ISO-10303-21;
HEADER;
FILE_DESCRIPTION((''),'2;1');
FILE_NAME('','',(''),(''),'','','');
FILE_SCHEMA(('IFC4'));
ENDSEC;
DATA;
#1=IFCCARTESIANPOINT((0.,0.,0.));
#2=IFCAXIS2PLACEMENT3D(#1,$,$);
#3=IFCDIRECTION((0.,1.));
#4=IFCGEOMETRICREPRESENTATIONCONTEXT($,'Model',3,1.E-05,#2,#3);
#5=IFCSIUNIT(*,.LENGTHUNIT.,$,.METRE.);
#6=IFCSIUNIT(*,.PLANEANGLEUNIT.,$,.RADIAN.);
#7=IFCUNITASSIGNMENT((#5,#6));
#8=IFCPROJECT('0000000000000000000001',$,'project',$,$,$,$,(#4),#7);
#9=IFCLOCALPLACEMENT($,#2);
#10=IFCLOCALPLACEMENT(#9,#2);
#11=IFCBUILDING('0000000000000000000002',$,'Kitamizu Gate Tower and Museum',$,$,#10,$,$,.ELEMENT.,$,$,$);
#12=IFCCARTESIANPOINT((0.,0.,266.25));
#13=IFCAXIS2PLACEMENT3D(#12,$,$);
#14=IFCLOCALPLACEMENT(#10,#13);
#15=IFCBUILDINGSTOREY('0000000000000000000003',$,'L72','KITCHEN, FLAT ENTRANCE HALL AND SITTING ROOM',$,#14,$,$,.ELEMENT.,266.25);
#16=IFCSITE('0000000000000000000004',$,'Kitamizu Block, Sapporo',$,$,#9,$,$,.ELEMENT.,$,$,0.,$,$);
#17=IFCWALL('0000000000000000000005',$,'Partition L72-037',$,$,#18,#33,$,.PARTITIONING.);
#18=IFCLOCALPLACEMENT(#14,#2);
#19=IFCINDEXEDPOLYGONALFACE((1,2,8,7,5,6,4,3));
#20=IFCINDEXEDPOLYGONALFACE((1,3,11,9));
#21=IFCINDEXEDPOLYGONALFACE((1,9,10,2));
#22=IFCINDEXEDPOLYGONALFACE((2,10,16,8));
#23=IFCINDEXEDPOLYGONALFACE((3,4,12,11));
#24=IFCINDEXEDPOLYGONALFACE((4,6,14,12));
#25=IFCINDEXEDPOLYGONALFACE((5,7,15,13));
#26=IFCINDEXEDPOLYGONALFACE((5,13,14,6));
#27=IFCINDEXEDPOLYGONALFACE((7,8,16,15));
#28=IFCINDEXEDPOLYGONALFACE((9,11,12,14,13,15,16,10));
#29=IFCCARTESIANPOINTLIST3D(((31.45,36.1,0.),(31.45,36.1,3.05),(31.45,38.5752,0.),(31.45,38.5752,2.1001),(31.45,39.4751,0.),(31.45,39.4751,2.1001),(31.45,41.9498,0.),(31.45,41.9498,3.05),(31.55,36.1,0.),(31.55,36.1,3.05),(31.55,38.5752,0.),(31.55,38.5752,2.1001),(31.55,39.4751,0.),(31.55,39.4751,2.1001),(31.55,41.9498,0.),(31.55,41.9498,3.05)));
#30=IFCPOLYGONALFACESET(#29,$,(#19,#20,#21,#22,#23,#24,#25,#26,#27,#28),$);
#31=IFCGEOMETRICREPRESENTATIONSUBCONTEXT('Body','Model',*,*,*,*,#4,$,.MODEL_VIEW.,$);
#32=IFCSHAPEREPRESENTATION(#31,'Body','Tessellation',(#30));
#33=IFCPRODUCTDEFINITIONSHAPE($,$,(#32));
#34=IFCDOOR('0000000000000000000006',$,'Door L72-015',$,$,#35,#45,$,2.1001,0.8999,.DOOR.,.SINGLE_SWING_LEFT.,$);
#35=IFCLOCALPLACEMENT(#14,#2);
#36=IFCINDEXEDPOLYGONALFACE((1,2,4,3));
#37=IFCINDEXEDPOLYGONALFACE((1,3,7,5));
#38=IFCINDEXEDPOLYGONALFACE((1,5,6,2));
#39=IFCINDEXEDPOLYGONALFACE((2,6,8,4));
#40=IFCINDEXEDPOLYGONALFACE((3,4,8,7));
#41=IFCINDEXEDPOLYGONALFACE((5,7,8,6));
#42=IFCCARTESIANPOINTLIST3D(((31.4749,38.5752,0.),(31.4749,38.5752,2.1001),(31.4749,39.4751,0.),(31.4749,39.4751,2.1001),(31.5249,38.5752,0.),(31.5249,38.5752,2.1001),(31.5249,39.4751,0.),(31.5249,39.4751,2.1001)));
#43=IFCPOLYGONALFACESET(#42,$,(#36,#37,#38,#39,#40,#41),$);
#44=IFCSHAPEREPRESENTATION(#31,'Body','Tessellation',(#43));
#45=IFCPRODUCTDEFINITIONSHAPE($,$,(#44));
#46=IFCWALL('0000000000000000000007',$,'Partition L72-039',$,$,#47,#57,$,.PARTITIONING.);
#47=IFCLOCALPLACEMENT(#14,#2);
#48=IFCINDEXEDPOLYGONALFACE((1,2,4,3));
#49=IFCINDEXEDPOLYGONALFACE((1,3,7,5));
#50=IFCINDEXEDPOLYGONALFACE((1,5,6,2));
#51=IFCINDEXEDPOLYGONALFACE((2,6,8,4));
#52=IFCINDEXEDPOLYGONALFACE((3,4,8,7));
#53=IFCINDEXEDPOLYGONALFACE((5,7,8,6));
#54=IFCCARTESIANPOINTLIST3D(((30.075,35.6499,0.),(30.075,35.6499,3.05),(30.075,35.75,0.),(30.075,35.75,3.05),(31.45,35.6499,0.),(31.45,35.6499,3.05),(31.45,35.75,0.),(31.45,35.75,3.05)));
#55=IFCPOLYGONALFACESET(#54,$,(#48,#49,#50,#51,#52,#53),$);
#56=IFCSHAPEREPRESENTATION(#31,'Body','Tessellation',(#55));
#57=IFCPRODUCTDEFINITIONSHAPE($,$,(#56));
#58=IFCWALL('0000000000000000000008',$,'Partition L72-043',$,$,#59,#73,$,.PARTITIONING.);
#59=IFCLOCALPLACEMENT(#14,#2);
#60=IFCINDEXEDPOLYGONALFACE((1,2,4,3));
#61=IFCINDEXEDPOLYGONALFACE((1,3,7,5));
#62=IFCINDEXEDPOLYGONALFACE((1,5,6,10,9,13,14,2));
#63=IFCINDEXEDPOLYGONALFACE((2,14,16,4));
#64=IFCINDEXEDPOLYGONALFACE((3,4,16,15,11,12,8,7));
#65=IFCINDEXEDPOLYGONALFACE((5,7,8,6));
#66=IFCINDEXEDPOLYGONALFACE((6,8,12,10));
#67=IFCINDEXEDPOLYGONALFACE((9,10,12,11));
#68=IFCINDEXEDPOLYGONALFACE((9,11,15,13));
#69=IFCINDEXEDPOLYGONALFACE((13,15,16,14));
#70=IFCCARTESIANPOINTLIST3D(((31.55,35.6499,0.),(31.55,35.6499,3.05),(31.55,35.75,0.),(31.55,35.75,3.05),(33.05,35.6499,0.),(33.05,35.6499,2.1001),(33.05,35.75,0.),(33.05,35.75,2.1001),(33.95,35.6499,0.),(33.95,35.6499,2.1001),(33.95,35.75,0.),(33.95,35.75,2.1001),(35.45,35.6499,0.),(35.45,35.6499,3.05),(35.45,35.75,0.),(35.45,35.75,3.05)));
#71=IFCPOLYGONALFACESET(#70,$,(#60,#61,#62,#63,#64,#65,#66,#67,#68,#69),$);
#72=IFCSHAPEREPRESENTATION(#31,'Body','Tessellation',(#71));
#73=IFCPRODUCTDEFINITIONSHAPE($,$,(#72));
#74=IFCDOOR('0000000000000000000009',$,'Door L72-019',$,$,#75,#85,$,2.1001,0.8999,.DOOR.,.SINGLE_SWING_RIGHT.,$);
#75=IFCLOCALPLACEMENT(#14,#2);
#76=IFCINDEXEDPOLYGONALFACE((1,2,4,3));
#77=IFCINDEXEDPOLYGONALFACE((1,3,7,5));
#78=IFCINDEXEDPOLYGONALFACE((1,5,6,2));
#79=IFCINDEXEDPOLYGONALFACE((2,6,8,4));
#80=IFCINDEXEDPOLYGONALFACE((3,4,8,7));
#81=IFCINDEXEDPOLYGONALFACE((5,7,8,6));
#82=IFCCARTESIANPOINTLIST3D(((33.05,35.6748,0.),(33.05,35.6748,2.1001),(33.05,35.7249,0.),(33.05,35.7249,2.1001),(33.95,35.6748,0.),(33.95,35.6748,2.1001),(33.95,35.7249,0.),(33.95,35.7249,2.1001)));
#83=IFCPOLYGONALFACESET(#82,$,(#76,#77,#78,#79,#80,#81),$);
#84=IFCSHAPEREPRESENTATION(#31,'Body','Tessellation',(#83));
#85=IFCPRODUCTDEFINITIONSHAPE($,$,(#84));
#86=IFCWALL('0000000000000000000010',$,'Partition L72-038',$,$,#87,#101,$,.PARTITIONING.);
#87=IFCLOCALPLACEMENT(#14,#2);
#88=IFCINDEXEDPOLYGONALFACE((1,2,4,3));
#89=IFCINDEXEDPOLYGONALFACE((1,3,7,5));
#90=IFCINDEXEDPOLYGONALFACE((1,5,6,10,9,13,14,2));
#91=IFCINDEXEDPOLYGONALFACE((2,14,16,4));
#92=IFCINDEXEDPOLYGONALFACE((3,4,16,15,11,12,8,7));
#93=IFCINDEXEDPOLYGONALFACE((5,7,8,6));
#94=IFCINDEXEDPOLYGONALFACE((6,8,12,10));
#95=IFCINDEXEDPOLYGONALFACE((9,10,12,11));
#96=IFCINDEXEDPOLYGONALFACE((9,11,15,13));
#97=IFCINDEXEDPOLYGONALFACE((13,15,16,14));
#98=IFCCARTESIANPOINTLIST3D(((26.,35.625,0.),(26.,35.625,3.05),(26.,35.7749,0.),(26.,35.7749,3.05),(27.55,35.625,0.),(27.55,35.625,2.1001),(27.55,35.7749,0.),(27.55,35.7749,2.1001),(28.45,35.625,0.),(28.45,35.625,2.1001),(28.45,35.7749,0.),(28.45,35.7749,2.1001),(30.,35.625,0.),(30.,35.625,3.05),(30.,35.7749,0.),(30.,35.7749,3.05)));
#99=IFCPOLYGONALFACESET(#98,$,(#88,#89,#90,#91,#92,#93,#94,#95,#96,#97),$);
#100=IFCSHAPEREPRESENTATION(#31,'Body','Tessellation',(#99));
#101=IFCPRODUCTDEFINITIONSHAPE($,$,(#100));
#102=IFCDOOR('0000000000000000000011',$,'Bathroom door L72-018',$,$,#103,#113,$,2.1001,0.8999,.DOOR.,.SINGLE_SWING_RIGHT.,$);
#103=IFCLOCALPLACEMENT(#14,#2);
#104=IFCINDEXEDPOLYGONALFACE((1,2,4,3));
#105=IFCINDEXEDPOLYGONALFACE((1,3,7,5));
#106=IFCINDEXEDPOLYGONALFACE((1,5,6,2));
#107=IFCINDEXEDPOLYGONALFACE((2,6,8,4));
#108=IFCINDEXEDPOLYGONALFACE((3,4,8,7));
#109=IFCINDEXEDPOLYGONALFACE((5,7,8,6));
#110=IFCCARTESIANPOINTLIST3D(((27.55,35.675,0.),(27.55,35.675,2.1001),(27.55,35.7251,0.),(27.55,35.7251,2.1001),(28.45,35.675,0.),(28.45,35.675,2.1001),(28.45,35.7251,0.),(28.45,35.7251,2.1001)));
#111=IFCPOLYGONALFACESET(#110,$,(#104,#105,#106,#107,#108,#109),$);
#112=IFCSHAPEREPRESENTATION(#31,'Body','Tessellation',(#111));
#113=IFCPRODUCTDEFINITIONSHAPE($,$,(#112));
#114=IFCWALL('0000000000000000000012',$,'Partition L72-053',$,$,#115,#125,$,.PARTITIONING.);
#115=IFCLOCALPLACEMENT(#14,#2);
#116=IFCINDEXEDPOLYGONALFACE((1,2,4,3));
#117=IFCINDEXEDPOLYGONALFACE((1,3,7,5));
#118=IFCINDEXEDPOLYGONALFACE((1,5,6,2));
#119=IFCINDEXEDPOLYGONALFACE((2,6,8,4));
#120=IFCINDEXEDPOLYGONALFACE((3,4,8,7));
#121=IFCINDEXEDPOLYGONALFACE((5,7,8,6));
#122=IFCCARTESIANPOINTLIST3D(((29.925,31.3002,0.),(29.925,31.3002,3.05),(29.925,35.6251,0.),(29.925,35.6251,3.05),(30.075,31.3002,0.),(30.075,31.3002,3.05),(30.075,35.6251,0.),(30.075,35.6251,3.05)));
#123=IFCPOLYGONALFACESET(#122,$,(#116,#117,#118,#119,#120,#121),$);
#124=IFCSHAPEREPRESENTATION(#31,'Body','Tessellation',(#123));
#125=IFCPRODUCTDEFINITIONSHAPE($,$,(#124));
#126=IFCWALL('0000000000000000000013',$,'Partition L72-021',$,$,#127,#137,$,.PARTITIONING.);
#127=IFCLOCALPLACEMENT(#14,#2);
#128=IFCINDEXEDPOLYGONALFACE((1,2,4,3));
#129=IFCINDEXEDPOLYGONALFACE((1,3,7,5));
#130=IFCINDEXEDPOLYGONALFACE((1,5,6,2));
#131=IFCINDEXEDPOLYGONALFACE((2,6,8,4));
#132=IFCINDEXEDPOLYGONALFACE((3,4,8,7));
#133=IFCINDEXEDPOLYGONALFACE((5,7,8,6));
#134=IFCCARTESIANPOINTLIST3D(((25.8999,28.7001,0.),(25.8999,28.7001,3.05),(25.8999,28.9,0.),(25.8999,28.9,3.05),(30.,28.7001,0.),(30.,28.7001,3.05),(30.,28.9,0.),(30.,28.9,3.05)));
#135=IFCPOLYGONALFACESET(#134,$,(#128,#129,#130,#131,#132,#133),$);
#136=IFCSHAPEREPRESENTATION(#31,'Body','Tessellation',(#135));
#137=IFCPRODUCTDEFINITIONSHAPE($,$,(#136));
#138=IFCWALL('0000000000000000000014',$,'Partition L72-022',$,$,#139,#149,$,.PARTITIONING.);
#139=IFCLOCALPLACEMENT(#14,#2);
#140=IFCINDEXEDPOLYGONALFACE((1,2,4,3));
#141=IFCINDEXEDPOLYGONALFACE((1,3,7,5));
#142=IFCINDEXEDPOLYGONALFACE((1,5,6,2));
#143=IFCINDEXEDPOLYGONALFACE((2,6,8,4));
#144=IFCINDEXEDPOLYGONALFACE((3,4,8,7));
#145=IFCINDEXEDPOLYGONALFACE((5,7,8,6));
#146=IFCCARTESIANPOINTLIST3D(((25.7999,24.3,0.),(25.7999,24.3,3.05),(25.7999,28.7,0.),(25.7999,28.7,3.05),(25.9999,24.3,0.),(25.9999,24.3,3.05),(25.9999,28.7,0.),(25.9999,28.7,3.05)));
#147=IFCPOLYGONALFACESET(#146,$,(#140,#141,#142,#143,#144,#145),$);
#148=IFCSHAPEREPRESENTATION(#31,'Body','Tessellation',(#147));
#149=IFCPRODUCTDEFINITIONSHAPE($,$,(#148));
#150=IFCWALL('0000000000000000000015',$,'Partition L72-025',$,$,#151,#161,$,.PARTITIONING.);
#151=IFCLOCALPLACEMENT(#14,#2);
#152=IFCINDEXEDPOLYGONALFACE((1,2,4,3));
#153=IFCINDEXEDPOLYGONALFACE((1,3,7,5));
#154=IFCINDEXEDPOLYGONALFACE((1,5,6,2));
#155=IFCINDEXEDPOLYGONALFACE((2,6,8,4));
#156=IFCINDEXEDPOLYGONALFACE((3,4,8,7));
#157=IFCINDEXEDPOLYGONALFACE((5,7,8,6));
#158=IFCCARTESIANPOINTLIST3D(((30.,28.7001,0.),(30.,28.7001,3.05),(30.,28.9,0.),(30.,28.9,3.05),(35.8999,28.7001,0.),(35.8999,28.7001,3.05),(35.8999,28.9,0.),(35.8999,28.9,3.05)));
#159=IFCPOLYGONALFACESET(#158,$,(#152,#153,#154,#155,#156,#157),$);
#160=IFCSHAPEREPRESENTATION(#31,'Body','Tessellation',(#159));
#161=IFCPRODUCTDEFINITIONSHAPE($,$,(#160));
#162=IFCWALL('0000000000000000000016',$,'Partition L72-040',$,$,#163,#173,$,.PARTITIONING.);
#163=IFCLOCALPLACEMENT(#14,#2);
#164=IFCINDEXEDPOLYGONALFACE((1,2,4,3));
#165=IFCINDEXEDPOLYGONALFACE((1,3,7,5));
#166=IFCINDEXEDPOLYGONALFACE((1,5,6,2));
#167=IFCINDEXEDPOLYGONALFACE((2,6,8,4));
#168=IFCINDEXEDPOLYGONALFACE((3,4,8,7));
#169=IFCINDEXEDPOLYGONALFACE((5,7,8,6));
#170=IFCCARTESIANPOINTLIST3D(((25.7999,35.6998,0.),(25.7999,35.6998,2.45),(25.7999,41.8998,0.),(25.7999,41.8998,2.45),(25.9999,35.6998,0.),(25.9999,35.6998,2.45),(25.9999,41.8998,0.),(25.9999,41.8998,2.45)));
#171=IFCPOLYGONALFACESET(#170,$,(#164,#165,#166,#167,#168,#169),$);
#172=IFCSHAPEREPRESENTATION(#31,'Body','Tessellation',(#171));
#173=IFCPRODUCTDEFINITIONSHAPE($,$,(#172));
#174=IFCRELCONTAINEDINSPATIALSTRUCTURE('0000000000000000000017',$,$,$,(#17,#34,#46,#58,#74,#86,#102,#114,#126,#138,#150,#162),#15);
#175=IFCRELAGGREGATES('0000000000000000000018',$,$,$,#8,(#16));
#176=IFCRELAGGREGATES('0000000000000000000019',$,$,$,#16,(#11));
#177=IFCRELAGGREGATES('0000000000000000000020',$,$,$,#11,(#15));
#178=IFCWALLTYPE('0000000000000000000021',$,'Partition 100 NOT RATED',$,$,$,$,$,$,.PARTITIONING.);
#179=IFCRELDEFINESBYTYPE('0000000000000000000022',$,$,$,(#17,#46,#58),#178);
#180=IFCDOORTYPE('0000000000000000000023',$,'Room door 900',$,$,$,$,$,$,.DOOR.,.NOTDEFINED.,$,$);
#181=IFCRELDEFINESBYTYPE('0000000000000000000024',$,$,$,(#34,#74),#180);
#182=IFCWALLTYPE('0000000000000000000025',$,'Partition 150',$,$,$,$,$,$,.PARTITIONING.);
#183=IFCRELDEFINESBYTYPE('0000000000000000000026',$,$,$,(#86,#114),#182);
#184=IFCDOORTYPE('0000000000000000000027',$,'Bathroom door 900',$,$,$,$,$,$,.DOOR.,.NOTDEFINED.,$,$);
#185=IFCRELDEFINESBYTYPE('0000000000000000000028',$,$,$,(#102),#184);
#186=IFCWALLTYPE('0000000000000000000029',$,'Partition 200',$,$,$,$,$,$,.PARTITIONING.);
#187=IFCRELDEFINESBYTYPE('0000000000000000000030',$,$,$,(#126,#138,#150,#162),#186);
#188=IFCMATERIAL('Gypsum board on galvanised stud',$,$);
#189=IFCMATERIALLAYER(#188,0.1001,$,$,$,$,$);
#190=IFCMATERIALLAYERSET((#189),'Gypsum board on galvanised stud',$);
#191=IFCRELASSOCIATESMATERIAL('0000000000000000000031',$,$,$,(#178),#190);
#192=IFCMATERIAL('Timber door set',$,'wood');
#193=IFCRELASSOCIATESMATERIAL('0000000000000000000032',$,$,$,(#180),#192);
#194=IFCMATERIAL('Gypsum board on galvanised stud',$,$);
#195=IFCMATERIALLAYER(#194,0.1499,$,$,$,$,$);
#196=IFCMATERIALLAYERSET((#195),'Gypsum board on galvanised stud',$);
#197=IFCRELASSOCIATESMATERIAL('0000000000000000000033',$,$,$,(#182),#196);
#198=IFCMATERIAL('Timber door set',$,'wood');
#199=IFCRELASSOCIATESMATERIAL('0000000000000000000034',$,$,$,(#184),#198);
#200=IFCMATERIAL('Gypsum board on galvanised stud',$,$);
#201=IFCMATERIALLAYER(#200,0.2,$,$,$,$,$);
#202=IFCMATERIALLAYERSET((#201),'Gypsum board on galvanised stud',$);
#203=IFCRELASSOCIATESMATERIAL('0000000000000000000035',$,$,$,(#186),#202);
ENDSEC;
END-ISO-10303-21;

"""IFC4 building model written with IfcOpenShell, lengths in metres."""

from ifc_helpers import new_model, si_unit, direction, frame, frame_2d, origin, place, context, subcontext, project, spatial, rectangle, extrude, material, layer, layer_set, type_object, element, fill, save


model = new_model("IFC4")

# Units and contexts
model_context = context("Model", 3, precision=1e-05, world=origin(), true_north=direction((0.0, 1.0)))
body_context = subcontext(model_context, "Body", "Model", "MODEL_VIEW")
ifc_project = project(units=[si_unit("LENGTHUNIT", "METRE"), si_unit("PLANEANGLEUNIT", "RADIAN")], contexts=[model_context])

# Site, building, storey
site_placement = place(None, origin())
site = spatial("IfcSite", under=ifc_project, at=site_placement, Name="Kitamizu Block, Sapporo", CompositionType="ELEMENT", RefElevation=0.0)
building_placement = place(site_placement, origin())
building = spatial("IfcBuilding", under=site, at=building_placement, Name="Kitamizu Gate Tower and Museum", CompositionType="ELEMENT")
storey_placement = place(building_placement, frame((0.0, 0.0, 266.25)))
storey = spatial("IfcBuildingStorey", under=building, at=storey_placement, Name="L72", Description="KITCHEN, FLAT ENTRANCE HALL AND SITTING ROOM", CompositionType="ELEMENT", Elevation=266.25)

# Shared definitions
ifc_material_1 = material(Name="Gypsum board on galvanised stud")
ifc_layer_1 = layer(ifc_material_1, 0.1001)
ifc_layer_set_1 = layer_set([ifc_layer_1], Name="Gypsum board on galvanised stud")
wall_type_1 = type_object("IfcWallType", Name="Partition 100 NOT RATED", PredefinedType="PARTITIONING", material=ifc_layer_set_1)
ifc_material_2 = material(Name="Timber door set", Category="wood")
door_type_1 = type_object("IfcDoorType", Name="Room door 900", OperationType="NOTDEFINED", PredefinedType="DOOR", material=ifc_material_2)

# Wall, opening, door
wall_1_placement = place(storey_placement, frame((31.5, 36.1001, 0.0), z_axis=(0.0, 0.0, 1.0), x_axis=(0.0, 1.0, 0.0)))
wall_1 = element("IfcWall", 1, at=wall_1_placement, inside=storey, type_object=wall_type_1, Name="Partition L72-037", PredefinedType="PARTITIONING", context=body_context, shape_type="SweptSolid", body=[
    extrude(rectangle(XDim=5.8499, YDim=0.1001, at=frame_2d((2.9248, 0.0))), origin(), (0.0, 0.0, 1.0), 3.05),
])
opening_1_placement = place(wall_1_placement, frame((2.4751, 0.0, 0.0)))
opening_1 = element("IfcOpeningElement", 2, at=opening_1_placement, cuts=wall_1, PredefinedType="OPENING", context=body_context, shape_type="SweptSolid", body=[
    extrude(rectangle(XDim=0.8999, YDim=2.1001, at=frame_2d((0.45, 1.05))), frame((0.0, 0.0601, 0.0), z_axis=(0.0, -1.0, 0.0), x_axis=(1.0, 0.0, 0.0)), (0.0, 0.0, 1.0), 0.1201),
])
door_1_placement = place(opening_1_placement, frame((0.8999, 0.0, 0.0), x_axis=(-1.0, 0.0, 0.0)))
door_1 = element("IfcDoor", 3, at=door_1_placement, inside=storey, type_object=door_type_1, Name="Door L72-015", OperationType="SINGLE_SWING_LEFT", OverallHeight=2.1001, OverallWidth=0.8999, PredefinedType="DOOR", context=body_context, shape_type="SweptSolid", body=[
    extrude(rectangle(XDim=0.8999, YDim=2.1001, at=frame_2d((0.45, 1.05))), frame((0.0, 0.0249, 0.0), z_axis=(0.0, -1.0, 0.0), x_axis=(1.0, 0.0, 0.0)), (0.0, 0.0, 1.0), 0.05),
])
fill(opening_1, door_1)

# Wall
wall_2_placement = place(storey_placement, frame((30.075, 35.7, 0.0), z_axis=(0.0, 0.0, 1.0), x_axis=(1.0, 0.0, 0.0)))
element("IfcWall", 4, at=wall_2_placement, inside=storey, type_object=wall_type_1, Name="Partition L72-039", PredefinedType="PARTITIONING", context=body_context, shape_type="SweptSolid", body=[
    extrude(rectangle(XDim=1.375, YDim=0.1001, at=frame_2d((0.6875, 0.0))), origin(), (0.0, 0.0, 1.0), 3.05),
])

# Walls, openings, doors
wall_3_placement = place(storey_placement, frame((31.55, 35.7, 0.0), z_axis=(0.0, 0.0, 1.0), x_axis=(1.0, 0.0, 0.0)))
wall_3 = element("IfcWall", 5, at=wall_3_placement, inside=storey, type_object=wall_type_1, Name="Partition L72-043", PredefinedType="PARTITIONING", context=body_context, shape_type="SweptSolid", body=[
    extrude(rectangle(XDim=3.8999, YDim=0.1001, at=frame_2d((1.95, 0.0))), origin(), (0.0, 0.0, 1.0), 3.05),
])
opening_2_placement = place(wall_3_placement, frame((1.5, 0.0, 0.0)))
opening_2 = element("IfcOpeningElement", 6, at=opening_2_placement, cuts=wall_3, PredefinedType="OPENING", context=body_context, shape_type="SweptSolid", body=[
    extrude(rectangle(XDim=0.8999, YDim=2.1001, at=frame_2d((0.45, 1.05))), frame((0.0, 0.0601, 0.0), z_axis=(0.0, -1.0, 0.0), x_axis=(1.0, 0.0, 0.0)), (0.0, 0.0, 1.0), 0.1201),
])
door_2_placement = place(opening_2_placement, origin())
door_2 = element("IfcDoor", 7, at=door_2_placement, inside=storey, type_object=door_type_1, Name="Door L72-019", OperationType="SINGLE_SWING_RIGHT", OverallHeight=2.1001, OverallWidth=0.8999, PredefinedType="DOOR", context=body_context, shape_type="SweptSolid", body=[
    extrude(rectangle(XDim=0.8999, YDim=2.1001, at=frame_2d((0.45, 1.05))), frame((0.0, 0.0249, 0.0), z_axis=(0.0, -1.0, 0.0), x_axis=(1.0, 0.0, 0.0)), (0.0, 0.0, 1.0), 0.05),
])
fill(opening_2, door_2)
ifc_material_3 = material(Name="Gypsum board on galvanised stud")
ifc_layer_2 = layer(ifc_material_3, 0.1499)
ifc_layer_set_2 = layer_set([ifc_layer_2], Name="Gypsum board on galvanised stud")
wall_type_2 = type_object("IfcWallType", Name="Partition 150", PredefinedType="PARTITIONING", material=ifc_layer_set_2)
wall_4_placement = place(storey_placement, frame((26.0, 35.7, 0.0), z_axis=(0.0, 0.0, 1.0), x_axis=(1.0, 0.0, 0.0)))
wall_4 = element("IfcWall", 8, at=wall_4_placement, inside=storey, type_object=wall_type_2, Name="Partition L72-038", PredefinedType="PARTITIONING", context=body_context, shape_type="SweptSolid", body=[
    extrude(rectangle(XDim=4.0, YDim=0.1499, at=frame_2d((2.0, 0.0))), origin(), (0.0, 0.0, 1.0), 3.05),
])
opening_3_placement = place(wall_4_placement, frame((1.55, 0.0, 0.0)))
opening_3 = element("IfcOpeningElement", 9, at=opening_3_placement, cuts=wall_4, PredefinedType="OPENING", context=body_context, shape_type="SweptSolid", body=[
    extrude(rectangle(XDim=0.8999, YDim=2.1001, at=frame_2d((0.45, 1.05))), frame((0.0, 0.085, 0.0), z_axis=(0.0, -1.0, 0.0), x_axis=(1.0, 0.0, 0.0)), (0.0, 0.0, 1.0), 0.1699),
])
ifc_material_4 = material(Name="Timber door set", Category="wood")
door_type_2 = type_object("IfcDoorType", Name="Bathroom door 900", OperationType="NOTDEFINED", PredefinedType="DOOR", material=ifc_material_4)
door_3_placement = place(opening_3_placement, frame((0.8999, 0.0, 0.0), x_axis=(-1.0, 0.0, 0.0)))
door_3 = element("IfcDoor", 10, at=door_3_placement, inside=storey, type_object=door_type_2, Name="Bathroom door L72-018", OperationType="SINGLE_SWING_RIGHT", OverallHeight=2.1001, OverallWidth=0.8999, PredefinedType="DOOR", context=body_context, shape_type="SweptSolid", body=[
    extrude(rectangle(XDim=0.8999, YDim=2.1001, at=frame_2d((0.45, 1.05))), frame((0.0, 0.0249, 0.0), z_axis=(0.0, -1.0, 0.0), x_axis=(1.0, 0.0, 0.0)), (0.0, 0.0, 1.0), 0.05),
])
fill(opening_3, door_3)

# Walls
wall_5_placement = place(storey_placement, frame((30.0, 31.3, 0.0), z_axis=(0.0, 0.0, 1.0), x_axis=(0.0, 1.0, 0.0)))
element("IfcWall", 11, at=wall_5_placement, inside=storey, type_object=wall_type_2, Name="Partition L72-053", PredefinedType="PARTITIONING", context=body_context, shape_type="SweptSolid", body=[
    extrude(rectangle(XDim=4.325, YDim=0.1499, at=frame_2d((2.1626, 0.0))), origin(), (0.0, 0.0, 1.0), 3.05),
])
ifc_material_5 = material(Name="Gypsum board on galvanised stud")
ifc_layer_3 = layer(ifc_material_5, 0.2)
ifc_layer_set_3 = layer_set([ifc_layer_3], Name="Gypsum board on galvanised stud")
wall_type_3 = type_object("IfcWallType", Name="Partition 200", PredefinedType="PARTITIONING", material=ifc_layer_set_3)
wall_6_placement = place(storey_placement, frame((30.0, 28.8, 0.0), z_axis=(0.0, 0.0, 1.0), x_axis=(-1.0, 0.0, 0.0)))
element("IfcWall", 12, at=wall_6_placement, inside=storey, type_object=wall_type_3, Name="Partition L72-021", PredefinedType="PARTITIONING", context=body_context, shape_type="SweptSolid", body=[
    extrude(rectangle(XDim=4.1001, YDim=0.2, at=frame_2d((2.05, 0.0))), origin(), (0.0, 0.0, 1.0), 3.05),
])
wall_7_placement = place(storey_placement, frame((25.8999, 28.7, 0.0), z_axis=(0.0, 0.0, 1.0), x_axis=(0.0, -1.0, 0.0)))
element("IfcWall", 13, at=wall_7_placement, inside=storey, type_object=wall_type_3, Name="Partition L72-022", PredefinedType="PARTITIONING", context=body_context, shape_type="SweptSolid", body=[
    extrude(rectangle(XDim=4.3999, YDim=0.2, at=frame_2d((2.2, 0.0))), origin(), (0.0, 0.0, 1.0), 3.05),
])
wall_8_placement = place(storey_placement, frame((35.8999, 28.8, 0.0), z_axis=(0.0, 0.0, 1.0), x_axis=(-1.0, 0.0, 0.0)))
element("IfcWall", 14, at=wall_8_placement, inside=storey, type_object=wall_type_3, Name="Partition L72-025", PredefinedType="PARTITIONING", context=body_context, shape_type="SweptSolid", body=[
    extrude(rectangle(XDim=5.8999, YDim=0.2, at=frame_2d((2.95, 0.0))), origin(), (0.0, 0.0, 1.0), 3.05),
])
wall_9_placement = place(storey_placement, frame((25.8999, 41.8999, 0.0), z_axis=(0.0, 0.0, 1.0), x_axis=(0.0, -1.0, 0.0)))
element("IfcWall", 15, at=wall_9_placement, inside=storey, type_object=wall_type_3, Name="Partition L72-040", PredefinedType="PARTITIONING", context=body_context, shape_type="SweptSolid", body=[
    extrude(rectangle(XDim=6.2, YDim=0.2, at=frame_2d((3.1001, 0.0))), origin(), (0.0, 0.0, 1.0), 2.45),
])

save(model, "model.ifc")
